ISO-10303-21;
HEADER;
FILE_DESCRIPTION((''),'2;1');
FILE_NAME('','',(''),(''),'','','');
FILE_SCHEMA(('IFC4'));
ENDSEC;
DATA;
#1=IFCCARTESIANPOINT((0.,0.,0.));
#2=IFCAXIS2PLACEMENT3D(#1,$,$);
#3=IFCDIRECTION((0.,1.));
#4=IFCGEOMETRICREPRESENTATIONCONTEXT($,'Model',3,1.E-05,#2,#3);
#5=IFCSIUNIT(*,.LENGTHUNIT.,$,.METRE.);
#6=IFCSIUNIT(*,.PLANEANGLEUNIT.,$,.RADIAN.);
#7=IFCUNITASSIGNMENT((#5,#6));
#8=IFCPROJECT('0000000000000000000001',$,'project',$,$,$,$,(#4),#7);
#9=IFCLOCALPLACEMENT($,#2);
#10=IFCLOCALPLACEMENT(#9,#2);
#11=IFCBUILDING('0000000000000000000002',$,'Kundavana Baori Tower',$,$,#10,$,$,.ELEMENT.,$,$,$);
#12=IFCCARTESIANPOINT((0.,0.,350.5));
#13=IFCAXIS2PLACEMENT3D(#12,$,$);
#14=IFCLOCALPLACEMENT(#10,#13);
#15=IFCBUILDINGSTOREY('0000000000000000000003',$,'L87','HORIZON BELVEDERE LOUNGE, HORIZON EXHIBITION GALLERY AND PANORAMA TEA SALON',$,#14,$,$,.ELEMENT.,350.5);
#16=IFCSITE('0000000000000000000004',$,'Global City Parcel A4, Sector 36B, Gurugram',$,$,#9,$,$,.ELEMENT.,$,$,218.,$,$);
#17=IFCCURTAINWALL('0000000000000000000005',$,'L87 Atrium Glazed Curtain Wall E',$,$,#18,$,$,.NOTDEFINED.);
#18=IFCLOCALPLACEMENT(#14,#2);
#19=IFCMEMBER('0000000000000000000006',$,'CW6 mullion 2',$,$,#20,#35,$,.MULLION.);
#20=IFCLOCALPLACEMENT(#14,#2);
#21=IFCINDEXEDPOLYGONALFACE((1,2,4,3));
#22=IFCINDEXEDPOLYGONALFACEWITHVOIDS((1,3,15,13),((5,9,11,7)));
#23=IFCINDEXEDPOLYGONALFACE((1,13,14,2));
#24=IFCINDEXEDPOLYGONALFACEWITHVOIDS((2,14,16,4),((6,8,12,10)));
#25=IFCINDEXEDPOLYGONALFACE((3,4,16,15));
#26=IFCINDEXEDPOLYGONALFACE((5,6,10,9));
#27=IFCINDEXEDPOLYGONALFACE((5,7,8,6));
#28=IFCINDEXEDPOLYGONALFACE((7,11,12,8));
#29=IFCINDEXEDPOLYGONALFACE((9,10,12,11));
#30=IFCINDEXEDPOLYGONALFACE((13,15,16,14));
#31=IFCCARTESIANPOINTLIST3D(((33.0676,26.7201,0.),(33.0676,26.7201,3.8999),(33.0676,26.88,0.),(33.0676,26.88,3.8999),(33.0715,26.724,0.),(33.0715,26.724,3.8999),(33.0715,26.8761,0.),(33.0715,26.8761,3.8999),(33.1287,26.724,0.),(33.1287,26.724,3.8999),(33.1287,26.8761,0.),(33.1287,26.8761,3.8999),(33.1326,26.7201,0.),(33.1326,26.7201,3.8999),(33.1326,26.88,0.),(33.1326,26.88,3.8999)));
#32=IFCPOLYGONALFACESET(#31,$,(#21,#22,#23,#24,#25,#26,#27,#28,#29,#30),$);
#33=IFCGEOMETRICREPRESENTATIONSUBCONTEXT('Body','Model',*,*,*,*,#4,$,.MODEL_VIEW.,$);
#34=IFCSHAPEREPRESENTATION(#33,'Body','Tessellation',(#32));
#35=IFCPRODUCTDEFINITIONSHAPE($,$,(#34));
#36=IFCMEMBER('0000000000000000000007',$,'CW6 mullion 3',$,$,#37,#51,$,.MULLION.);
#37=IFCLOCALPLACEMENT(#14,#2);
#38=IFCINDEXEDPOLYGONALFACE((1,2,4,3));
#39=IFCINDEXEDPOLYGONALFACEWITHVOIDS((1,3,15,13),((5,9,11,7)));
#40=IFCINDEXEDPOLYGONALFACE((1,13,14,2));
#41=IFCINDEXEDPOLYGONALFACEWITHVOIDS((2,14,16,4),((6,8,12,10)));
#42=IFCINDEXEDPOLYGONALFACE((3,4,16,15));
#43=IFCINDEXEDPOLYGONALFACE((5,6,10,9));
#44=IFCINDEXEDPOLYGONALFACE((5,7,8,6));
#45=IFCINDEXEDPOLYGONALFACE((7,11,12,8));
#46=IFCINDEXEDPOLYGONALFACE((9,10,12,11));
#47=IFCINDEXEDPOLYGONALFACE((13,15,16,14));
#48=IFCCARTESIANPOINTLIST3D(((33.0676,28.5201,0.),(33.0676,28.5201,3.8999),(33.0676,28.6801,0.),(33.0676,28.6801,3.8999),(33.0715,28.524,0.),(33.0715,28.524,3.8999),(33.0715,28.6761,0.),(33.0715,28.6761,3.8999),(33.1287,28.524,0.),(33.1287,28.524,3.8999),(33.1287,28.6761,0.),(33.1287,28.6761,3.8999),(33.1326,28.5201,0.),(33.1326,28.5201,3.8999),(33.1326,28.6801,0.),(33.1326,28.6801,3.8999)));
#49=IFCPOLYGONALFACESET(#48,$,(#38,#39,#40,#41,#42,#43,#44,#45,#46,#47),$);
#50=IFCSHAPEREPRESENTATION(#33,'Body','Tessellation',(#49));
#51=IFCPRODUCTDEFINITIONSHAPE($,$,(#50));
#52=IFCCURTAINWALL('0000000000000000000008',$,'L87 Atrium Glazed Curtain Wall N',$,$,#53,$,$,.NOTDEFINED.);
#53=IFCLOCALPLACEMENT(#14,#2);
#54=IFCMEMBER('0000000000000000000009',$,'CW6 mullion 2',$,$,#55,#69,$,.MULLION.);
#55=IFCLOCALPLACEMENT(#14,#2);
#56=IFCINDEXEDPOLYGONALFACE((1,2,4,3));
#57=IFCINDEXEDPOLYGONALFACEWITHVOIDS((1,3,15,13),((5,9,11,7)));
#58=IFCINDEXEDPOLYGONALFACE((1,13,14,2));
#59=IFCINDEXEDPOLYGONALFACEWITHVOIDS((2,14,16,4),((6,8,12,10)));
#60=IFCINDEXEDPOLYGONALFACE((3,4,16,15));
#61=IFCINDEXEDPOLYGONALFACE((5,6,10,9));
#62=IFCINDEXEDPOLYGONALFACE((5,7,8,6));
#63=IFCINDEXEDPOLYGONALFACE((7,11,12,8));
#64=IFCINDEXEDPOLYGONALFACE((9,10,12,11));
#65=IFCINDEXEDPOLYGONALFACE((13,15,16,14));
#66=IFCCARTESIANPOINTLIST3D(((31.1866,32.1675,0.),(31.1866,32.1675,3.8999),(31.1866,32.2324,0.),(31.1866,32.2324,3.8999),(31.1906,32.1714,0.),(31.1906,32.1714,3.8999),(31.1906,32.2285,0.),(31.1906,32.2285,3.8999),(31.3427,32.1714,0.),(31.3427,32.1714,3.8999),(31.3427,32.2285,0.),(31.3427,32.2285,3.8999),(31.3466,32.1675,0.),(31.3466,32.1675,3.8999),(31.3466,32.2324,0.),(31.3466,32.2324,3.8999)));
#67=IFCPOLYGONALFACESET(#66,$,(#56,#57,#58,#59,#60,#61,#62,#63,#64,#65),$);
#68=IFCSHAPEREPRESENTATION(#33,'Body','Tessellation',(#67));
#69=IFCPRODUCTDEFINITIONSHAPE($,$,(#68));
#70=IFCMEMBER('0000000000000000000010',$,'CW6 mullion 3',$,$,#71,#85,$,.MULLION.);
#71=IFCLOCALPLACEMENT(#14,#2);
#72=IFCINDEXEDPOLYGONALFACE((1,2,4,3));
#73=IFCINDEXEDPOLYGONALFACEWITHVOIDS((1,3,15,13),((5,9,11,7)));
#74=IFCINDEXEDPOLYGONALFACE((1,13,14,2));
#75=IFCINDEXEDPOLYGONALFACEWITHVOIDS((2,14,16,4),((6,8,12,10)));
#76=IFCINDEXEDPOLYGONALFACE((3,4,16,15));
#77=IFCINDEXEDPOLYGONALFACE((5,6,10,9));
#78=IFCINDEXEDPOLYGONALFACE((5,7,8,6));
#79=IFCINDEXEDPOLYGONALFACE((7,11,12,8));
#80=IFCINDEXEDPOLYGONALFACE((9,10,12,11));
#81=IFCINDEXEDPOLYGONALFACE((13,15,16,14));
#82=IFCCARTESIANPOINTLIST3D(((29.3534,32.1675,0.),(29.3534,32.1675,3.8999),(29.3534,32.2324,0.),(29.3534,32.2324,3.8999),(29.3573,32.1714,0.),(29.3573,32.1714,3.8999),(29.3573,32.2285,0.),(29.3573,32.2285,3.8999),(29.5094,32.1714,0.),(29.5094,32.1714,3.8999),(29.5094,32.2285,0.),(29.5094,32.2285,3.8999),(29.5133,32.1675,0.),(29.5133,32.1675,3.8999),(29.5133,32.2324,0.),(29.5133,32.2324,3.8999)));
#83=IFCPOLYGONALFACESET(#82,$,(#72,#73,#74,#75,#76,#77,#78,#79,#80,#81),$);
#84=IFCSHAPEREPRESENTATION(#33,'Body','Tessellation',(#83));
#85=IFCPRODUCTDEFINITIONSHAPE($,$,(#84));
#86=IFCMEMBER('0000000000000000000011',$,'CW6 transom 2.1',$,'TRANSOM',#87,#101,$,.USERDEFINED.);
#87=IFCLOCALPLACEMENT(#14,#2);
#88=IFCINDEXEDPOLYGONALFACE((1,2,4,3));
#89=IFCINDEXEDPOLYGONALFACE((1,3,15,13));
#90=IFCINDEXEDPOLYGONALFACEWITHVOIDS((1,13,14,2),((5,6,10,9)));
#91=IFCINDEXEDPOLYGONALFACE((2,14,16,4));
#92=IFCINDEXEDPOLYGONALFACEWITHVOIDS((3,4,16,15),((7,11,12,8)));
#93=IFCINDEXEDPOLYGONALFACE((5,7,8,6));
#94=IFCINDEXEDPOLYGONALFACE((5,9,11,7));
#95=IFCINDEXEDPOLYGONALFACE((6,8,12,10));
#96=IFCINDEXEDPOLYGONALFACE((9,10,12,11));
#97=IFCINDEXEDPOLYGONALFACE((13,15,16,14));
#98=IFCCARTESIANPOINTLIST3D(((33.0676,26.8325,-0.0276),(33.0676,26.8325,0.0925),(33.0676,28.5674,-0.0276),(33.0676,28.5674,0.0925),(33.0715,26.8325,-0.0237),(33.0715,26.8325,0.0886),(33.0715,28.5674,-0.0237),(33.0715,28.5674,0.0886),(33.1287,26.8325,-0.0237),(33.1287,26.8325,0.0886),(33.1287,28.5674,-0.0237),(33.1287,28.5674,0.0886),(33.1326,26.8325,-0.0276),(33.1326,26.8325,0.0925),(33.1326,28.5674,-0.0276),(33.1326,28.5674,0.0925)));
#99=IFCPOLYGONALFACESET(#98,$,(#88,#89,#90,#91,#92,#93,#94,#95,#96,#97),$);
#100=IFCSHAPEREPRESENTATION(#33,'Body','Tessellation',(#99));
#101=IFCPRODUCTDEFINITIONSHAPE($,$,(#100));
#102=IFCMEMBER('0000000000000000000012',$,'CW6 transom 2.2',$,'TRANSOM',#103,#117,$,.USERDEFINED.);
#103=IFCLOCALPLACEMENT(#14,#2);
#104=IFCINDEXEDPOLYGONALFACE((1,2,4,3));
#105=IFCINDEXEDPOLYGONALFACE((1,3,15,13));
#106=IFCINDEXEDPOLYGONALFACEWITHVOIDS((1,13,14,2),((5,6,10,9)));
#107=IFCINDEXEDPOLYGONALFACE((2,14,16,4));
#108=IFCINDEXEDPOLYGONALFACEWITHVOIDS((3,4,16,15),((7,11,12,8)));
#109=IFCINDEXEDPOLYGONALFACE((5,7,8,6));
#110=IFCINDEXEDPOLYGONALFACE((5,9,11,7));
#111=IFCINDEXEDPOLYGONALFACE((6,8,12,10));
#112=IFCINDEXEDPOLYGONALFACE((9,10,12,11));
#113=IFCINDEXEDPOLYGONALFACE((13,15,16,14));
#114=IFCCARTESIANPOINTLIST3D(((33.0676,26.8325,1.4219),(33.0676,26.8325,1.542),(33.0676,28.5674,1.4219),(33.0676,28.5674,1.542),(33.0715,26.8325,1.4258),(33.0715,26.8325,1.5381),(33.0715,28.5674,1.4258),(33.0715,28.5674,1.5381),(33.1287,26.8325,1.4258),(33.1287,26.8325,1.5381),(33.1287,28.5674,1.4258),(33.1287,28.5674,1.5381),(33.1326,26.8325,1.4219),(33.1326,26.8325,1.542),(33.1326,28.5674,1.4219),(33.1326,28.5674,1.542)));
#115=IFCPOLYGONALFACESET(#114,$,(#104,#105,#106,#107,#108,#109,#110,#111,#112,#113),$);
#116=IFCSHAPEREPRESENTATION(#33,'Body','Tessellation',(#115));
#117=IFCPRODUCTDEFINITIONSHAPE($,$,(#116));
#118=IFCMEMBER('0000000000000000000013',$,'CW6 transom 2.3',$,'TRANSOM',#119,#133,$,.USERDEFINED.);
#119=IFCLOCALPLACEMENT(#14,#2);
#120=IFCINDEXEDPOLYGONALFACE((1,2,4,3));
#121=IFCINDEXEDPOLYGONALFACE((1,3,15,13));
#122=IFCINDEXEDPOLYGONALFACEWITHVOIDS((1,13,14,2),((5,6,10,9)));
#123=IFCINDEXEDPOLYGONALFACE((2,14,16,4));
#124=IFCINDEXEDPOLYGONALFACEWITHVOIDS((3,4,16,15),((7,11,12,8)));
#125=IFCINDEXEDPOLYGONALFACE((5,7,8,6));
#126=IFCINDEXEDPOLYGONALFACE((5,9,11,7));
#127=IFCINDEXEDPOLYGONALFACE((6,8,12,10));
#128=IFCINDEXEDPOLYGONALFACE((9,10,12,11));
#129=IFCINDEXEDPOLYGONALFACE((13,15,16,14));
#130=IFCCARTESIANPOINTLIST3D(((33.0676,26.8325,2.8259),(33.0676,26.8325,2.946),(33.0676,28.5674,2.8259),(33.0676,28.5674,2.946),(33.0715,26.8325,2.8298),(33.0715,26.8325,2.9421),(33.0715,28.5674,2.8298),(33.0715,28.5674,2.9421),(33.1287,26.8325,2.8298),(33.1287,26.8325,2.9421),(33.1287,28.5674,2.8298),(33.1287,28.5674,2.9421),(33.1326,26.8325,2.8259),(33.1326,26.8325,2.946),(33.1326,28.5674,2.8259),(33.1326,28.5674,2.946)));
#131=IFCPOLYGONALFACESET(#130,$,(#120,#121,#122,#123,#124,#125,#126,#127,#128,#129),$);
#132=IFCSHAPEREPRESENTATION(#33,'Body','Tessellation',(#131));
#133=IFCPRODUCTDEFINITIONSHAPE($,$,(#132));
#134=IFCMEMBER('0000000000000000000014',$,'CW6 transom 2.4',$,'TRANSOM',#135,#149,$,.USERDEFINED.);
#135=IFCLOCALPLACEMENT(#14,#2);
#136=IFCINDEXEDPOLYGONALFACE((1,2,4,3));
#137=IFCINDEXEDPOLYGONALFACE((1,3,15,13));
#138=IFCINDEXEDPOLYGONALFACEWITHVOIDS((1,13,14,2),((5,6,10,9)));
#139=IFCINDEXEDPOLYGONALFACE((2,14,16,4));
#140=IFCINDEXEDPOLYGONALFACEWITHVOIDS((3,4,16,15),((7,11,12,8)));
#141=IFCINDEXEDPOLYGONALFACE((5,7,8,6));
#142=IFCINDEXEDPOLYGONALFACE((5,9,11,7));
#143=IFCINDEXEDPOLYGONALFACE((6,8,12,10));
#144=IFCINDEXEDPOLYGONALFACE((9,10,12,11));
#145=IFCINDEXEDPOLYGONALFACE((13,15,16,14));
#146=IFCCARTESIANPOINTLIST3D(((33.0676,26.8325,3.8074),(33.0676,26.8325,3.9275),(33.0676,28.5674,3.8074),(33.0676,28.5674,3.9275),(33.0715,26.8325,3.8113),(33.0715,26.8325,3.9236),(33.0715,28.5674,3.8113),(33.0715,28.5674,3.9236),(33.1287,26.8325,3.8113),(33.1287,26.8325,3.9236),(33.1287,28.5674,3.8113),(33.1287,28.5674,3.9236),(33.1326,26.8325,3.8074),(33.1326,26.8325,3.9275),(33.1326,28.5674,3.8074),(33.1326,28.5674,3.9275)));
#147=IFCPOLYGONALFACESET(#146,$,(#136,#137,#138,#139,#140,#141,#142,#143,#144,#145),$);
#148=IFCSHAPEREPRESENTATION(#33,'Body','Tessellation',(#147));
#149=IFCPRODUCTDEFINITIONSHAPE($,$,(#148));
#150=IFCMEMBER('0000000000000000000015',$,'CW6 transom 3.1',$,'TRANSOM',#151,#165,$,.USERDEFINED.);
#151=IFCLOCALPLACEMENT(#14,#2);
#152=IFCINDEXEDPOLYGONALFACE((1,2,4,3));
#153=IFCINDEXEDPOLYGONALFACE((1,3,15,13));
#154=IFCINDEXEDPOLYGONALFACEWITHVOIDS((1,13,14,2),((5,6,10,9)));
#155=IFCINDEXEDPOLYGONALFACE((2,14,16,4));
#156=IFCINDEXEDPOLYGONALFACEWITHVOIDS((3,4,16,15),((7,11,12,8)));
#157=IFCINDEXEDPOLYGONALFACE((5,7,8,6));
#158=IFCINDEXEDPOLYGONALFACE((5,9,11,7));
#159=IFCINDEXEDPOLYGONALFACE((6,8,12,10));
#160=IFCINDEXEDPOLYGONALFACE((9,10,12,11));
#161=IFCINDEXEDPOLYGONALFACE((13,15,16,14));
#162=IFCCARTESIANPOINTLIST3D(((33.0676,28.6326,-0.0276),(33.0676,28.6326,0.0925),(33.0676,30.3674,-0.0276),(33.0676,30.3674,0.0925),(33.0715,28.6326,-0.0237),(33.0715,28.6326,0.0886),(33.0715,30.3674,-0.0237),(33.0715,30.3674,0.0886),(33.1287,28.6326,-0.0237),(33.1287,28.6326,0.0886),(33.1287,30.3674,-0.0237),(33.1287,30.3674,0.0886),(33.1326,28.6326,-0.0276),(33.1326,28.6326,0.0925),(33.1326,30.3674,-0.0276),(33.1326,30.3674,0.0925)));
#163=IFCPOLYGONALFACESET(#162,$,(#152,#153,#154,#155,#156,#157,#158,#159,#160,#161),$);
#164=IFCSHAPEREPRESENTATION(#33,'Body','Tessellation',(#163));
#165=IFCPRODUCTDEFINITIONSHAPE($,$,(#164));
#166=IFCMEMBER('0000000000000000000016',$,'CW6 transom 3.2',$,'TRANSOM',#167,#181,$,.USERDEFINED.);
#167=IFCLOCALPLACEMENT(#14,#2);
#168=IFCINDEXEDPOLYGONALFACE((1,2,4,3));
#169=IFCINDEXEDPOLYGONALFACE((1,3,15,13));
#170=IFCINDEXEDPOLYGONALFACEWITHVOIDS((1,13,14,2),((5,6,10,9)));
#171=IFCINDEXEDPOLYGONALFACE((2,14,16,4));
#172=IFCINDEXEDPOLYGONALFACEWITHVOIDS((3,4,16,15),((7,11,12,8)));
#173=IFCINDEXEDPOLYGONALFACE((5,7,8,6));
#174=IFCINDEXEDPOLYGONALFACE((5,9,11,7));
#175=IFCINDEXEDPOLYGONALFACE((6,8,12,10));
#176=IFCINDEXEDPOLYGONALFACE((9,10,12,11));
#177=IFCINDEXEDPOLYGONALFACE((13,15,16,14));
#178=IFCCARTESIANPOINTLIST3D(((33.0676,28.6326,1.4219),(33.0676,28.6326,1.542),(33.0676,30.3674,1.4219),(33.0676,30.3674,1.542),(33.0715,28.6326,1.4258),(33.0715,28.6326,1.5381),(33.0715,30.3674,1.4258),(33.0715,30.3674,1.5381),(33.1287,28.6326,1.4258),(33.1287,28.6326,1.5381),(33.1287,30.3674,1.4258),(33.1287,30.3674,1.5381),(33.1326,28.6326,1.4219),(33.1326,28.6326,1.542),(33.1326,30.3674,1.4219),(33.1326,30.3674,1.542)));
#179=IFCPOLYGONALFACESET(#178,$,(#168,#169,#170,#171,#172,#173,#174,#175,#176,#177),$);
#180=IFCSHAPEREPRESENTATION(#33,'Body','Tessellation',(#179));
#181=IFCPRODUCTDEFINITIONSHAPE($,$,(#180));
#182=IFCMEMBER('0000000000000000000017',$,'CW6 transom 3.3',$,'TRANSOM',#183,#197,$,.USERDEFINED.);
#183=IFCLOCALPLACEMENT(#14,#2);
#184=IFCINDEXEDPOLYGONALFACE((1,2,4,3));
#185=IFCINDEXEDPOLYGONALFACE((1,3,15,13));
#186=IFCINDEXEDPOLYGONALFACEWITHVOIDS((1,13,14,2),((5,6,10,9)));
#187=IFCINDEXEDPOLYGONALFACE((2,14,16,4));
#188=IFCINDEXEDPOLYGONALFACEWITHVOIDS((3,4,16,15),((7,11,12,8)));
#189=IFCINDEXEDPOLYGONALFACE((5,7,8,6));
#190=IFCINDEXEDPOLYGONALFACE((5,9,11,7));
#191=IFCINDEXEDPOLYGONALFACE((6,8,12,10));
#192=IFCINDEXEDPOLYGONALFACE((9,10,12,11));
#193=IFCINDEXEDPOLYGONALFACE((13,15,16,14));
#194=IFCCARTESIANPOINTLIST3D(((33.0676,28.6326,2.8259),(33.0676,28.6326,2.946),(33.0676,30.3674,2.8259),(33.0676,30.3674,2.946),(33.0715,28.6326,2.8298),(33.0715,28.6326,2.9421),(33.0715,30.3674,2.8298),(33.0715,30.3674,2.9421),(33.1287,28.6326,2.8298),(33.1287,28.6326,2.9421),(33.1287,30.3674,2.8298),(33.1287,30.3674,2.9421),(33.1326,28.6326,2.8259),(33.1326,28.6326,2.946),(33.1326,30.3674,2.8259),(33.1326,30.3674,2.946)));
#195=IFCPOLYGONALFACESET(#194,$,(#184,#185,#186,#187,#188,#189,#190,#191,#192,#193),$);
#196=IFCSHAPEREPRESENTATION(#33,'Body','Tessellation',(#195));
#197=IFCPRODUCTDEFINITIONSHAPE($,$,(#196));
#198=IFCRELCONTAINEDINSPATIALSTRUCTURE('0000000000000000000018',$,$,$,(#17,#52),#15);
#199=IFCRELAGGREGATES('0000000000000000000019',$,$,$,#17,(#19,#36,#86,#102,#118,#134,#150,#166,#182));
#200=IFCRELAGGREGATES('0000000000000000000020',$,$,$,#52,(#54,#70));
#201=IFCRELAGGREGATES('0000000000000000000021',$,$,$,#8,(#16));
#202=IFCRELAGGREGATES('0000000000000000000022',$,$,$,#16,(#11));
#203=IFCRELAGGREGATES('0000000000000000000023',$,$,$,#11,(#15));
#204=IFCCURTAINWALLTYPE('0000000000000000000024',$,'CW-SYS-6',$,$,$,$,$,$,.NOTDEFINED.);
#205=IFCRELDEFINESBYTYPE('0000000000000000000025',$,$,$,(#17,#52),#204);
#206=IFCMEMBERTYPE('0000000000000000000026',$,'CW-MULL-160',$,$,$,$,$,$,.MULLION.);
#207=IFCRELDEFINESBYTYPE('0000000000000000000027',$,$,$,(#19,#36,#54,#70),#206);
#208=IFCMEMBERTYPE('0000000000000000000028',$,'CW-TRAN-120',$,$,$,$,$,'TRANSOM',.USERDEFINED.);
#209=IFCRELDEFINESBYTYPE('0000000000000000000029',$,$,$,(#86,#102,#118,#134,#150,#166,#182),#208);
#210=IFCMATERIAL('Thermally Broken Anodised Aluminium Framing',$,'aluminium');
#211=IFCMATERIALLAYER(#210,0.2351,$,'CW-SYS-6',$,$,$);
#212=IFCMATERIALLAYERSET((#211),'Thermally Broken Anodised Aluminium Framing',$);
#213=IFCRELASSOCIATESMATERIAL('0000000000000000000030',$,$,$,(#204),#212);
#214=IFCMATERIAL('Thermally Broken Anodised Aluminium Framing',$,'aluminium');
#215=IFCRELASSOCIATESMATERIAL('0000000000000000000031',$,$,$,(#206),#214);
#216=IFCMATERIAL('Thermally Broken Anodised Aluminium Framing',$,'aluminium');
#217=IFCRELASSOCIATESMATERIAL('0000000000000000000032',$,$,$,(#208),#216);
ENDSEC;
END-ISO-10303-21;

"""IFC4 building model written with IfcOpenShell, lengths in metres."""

from ifc_helpers import new_model, si_unit, direction, frame, origin, origin_2d, place, context, subcontext, project, spatial, hollow_rectangle, extrude, material, layer, layer_set, material_profile, profile_set, type_object, element, aggregate, save


model = new_model("IFC4")

# Units and contexts
model_context = context("Model", 3, precision=1e-05, world=origin(), true_north=direction((0.0, 1.0)))
body_context = subcontext(model_context, "Body", "Model", "MODEL_VIEW")
ifc_project = project(units=[si_unit("LENGTHUNIT", "METRE"), si_unit("PLANEANGLEUNIT", "RADIAN")], contexts=[model_context])

# Site, building, storey
site_placement = place(None, origin())
site = spatial("IfcSite", under=ifc_project, at=site_placement, Name="Global City Parcel A4, Sector 36B, Gurugram", CompositionType="ELEMENT", RefElevation=218.0)
building_placement = place(site_placement, origin())
building = spatial("IfcBuilding", under=site, at=building_placement, Name="Kundavana Baori Tower", CompositionType="ELEMENT")
storey_placement = place(building_placement, frame((0.0, 0.0, 350.5)))
storey = spatial("IfcBuildingStorey", under=building, at=storey_placement, Name="L87", Description="HORIZON BELVEDERE LOUNGE, HORIZON EXHIBITION GALLERY AND PANORAMA TEA SALON", CompositionType="ELEMENT", Elevation=350.5)

# Curtain walls, members
ifc_material_1 = material(Name="Thermally Broken Anodised Aluminium Framing", Category="aluminium")
ifc_layer_1 = layer(ifc_material_1, 0.2351, Name="CW-SYS-6")
ifc_layer_set_1 = layer_set([ifc_layer_1], Name="Thermally Broken Anodised Aluminium Framing")
curtain_wall_type = type_object("IfcCurtainWallType", Name="CW-SYS-6", PredefinedType="NOTDEFINED", material=ifc_layer_set_1)
curtain_wall_1_placement = place(storey_placement, origin())
curtain_wall_1 = element("IfcCurtainWall", 1, at=curtain_wall_1_placement, inside=storey, type_object=curtain_wall_type, Name="L87 Atrium Glazed Curtain Wall E", PredefinedType="NOTDEFINED")
ifc_material_2 = material(Name="Thermally Broken Anodised Aluminium Framing", Category="aluminium")
ifc_material_profile_1 = material_profile(ifc_material_2, hollow_rectangle(XDim=0.0649, YDim=0.1599, WallThickness=0.0039, at=origin_2d()), Name="CW-MULL-160")
ifc_profile_set_1 = profile_set([ifc_material_profile_1], Name="Thermally Broken Anodised Aluminium Framing")
member_type_1 = type_object("IfcMemberType", Name="CW-MULL-160", PredefinedType="MULLION", material=ifc_profile_set_1)
member_1_placement = place(storey_placement, frame((33.1001, 26.8, 0.0), z_axis=(0.0, 0.0, 1.0), x_axis=(-1.0, 0.0, 0.0)))
member_1 = element("IfcMember", 2, at=member_1_placement, type_object=member_type_1, Name="CW6 mullion 2", PredefinedType="MULLION", context=body_context, shape_type="SweptSolid", body=[
    extrude(hollow_rectangle(XDim=0.0649, YDim=0.1599, WallThickness=0.0039, at=origin_2d()), origin(), (0.0, 0.0, 1.0), 3.8999),
])
member_2_placement = place(storey_placement, frame((33.1001, 28.6001, 0.0), z_axis=(0.0, 0.0, 1.0), x_axis=(-1.0, 0.0, 0.0)))
member_2 = element("IfcMember", 3, at=member_2_placement, type_object=member_type_1, Name="CW6 mullion 3", PredefinedType="MULLION", context=body_context, shape_type="SweptSolid", body=[
    extrude(hollow_rectangle(XDim=0.0649, YDim=0.1599, WallThickness=0.0039, at=origin_2d()), origin(), (0.0, 0.0, 1.0), 3.8999),
])
curtain_wall_2_placement = place(storey_placement, origin())
curtain_wall_2 = element("IfcCurtainWall", 4, at=curtain_wall_2_placement, inside=storey, type_object=curtain_wall_type, Name="L87 Atrium Glazed Curtain Wall N", PredefinedType="NOTDEFINED")
member_3_placement = place(storey_placement, frame((31.2666, 32.2, 0.0), z_axis=(0.0, 0.0, 1.0), x_axis=(0.0, -1.0, 0.0)))
member_3 = element("IfcMember", 5, at=member_3_placement, type_object=member_type_1, Name="CW6 mullion 2", PredefinedType="MULLION", context=body_context, shape_type="SweptSolid", body=[
    extrude(hollow_rectangle(XDim=0.0649, YDim=0.1599, WallThickness=0.0039, at=origin_2d()), origin(), (0.0, 0.0, 1.0), 3.8999),
])
member_4_placement = place(storey_placement, frame((29.4333, 32.2, 0.0), z_axis=(0.0, 0.0, 1.0), x_axis=(0.0, -1.0, 0.0)))
member_4 = element("IfcMember", 6, at=member_4_placement, type_object=member_type_1, Name="CW6 mullion 3", PredefinedType="MULLION", context=body_context, shape_type="SweptSolid", body=[
    extrude(hollow_rectangle(XDim=0.0649, YDim=0.1599, WallThickness=0.0039, at=origin_2d()), origin(), (0.0, 0.0, 1.0), 3.8999),
])

# Members
ifc_material_3 = material(Name="Thermally Broken Anodised Aluminium Framing", Category="aluminium")
ifc_material_profile_2 = material_profile(ifc_material_3, hollow_rectangle(XDim=0.0649, YDim=0.1201, WallThickness=0.0039, at=origin_2d()), Name="CW-TRAN-120")
ifc_profile_set_2 = profile_set([ifc_material_profile_2], Name="Thermally Broken Anodised Aluminium Framing")
member_type_2 = type_object("IfcMemberType", Name="CW-TRAN-120", ElementType="TRANSOM", PredefinedType="USERDEFINED", material=ifc_profile_set_2)
member_5_placement = place(storey_placement, frame((33.1001, 26.8325, 0.0325), z_axis=(0.0, 1.0, 0.0), x_axis=(-1.0, 0.0, 0.0)))
member_5 = element("IfcMember", 7, at=member_5_placement, type_object=member_type_2, Name="CW6 transom 2.1", ObjectType="TRANSOM", PredefinedType="USERDEFINED", context=body_context, shape_type="SweptSolid", body=[
    extrude(hollow_rectangle(XDim=0.0649, YDim=0.1201, WallThickness=0.0039, at=origin_2d()), origin(), (0.0, 0.0, 1.0), 1.7349),
])
member_6_placement = place(storey_placement, frame((33.1001, 26.8325, 1.4819), z_axis=(0.0, 1.0, 0.0), x_axis=(-1.0, 0.0, 0.0)))
member_6 = element("IfcMember", 8, at=member_6_placement, type_object=member_type_2, Name="CW6 transom 2.2", ObjectType="TRANSOM", PredefinedType="USERDEFINED", context=body_context, shape_type="SweptSolid", body=[
    extrude(hollow_rectangle(XDim=0.0649, YDim=0.1201, WallThickness=0.0039, at=origin_2d()), origin(), (0.0, 0.0, 1.0), 1.7349),
])
member_7_placement = place(storey_placement, frame((33.1001, 26.8325, 2.886), z_axis=(0.0, 1.0, 0.0), x_axis=(-1.0, 0.0, 0.0)))
member_7 = element("IfcMember", 9, at=member_7_placement, type_object=member_type_2, Name="CW6 transom 2.3", ObjectType="TRANSOM", PredefinedType="USERDEFINED", context=body_context, shape_type="SweptSolid", body=[
    extrude(hollow_rectangle(XDim=0.0649, YDim=0.1201, WallThickness=0.0039, at=origin_2d()), origin(), (0.0, 0.0, 1.0), 1.7349),
])
member_8_placement = place(storey_placement, frame((33.1001, 26.8325, 3.8674), z_axis=(0.0, 1.0, 0.0), x_axis=(-1.0, 0.0, 0.0)))
member_8 = element("IfcMember", 10, at=member_8_placement, type_object=member_type_2, Name="CW6 transom 2.4", ObjectType="TRANSOM", PredefinedType="USERDEFINED", context=body_context, shape_type="SweptSolid", body=[
    extrude(hollow_rectangle(XDim=0.0649, YDim=0.1201, WallThickness=0.0039, at=origin_2d()), origin(), (0.0, 0.0, 1.0), 1.7349),
])
member_9_placement = place(storey_placement, frame((33.1001, 28.6326, 0.0325), z_axis=(0.0, 1.0, 0.0), x_axis=(-1.0, 0.0, 0.0)))
member_9 = element("IfcMember", 11, at=member_9_placement, type_object=member_type_2, Name="CW6 transom 3.1", ObjectType="TRANSOM", PredefinedType="USERDEFINED", context=body_context, shape_type="SweptSolid", body=[
    extrude(hollow_rectangle(XDim=0.0649, YDim=0.1201, WallThickness=0.0039, at=origin_2d()), origin(), (0.0, 0.0, 1.0), 1.7349),
])
member_10_placement = place(storey_placement, frame((33.1001, 28.6326, 1.4819), z_axis=(0.0, 1.0, 0.0), x_axis=(-1.0, 0.0, 0.0)))
member_10 = element("IfcMember", 12, at=member_10_placement, type_object=member_type_2, Name="CW6 transom 3.2", ObjectType="TRANSOM", PredefinedType="USERDEFINED", context=body_context, shape_type="SweptSolid", body=[
    extrude(hollow_rectangle(XDim=0.0649, YDim=0.1201, WallThickness=0.0039, at=origin_2d()), origin(), (0.0, 0.0, 1.0), 1.7349),
])
member_11_placement = place(storey_placement, frame((33.1001, 28.6326, 2.886), z_axis=(0.0, 1.0, 0.0), x_axis=(-1.0, 0.0, 0.0)))
member_11 = element("IfcMember", 13, at=member_11_placement, type_object=member_type_2, Name="CW6 transom 3.3", ObjectType="TRANSOM", PredefinedType="USERDEFINED", context=body_context, shape_type="SweptSolid", body=[
    extrude(hollow_rectangle(XDim=0.0649, YDim=0.1201, WallThickness=0.0039, at=origin_2d()), origin(), (0.0, 0.0, 1.0), 1.7349),
])

aggregate(curtain_wall_1, [member_1, member_2, member_5, member_6, member_7, member_8, member_9, member_10, member_11])
aggregate(curtain_wall_2, [member_3, member_4])

save(model, "model.ifc")
